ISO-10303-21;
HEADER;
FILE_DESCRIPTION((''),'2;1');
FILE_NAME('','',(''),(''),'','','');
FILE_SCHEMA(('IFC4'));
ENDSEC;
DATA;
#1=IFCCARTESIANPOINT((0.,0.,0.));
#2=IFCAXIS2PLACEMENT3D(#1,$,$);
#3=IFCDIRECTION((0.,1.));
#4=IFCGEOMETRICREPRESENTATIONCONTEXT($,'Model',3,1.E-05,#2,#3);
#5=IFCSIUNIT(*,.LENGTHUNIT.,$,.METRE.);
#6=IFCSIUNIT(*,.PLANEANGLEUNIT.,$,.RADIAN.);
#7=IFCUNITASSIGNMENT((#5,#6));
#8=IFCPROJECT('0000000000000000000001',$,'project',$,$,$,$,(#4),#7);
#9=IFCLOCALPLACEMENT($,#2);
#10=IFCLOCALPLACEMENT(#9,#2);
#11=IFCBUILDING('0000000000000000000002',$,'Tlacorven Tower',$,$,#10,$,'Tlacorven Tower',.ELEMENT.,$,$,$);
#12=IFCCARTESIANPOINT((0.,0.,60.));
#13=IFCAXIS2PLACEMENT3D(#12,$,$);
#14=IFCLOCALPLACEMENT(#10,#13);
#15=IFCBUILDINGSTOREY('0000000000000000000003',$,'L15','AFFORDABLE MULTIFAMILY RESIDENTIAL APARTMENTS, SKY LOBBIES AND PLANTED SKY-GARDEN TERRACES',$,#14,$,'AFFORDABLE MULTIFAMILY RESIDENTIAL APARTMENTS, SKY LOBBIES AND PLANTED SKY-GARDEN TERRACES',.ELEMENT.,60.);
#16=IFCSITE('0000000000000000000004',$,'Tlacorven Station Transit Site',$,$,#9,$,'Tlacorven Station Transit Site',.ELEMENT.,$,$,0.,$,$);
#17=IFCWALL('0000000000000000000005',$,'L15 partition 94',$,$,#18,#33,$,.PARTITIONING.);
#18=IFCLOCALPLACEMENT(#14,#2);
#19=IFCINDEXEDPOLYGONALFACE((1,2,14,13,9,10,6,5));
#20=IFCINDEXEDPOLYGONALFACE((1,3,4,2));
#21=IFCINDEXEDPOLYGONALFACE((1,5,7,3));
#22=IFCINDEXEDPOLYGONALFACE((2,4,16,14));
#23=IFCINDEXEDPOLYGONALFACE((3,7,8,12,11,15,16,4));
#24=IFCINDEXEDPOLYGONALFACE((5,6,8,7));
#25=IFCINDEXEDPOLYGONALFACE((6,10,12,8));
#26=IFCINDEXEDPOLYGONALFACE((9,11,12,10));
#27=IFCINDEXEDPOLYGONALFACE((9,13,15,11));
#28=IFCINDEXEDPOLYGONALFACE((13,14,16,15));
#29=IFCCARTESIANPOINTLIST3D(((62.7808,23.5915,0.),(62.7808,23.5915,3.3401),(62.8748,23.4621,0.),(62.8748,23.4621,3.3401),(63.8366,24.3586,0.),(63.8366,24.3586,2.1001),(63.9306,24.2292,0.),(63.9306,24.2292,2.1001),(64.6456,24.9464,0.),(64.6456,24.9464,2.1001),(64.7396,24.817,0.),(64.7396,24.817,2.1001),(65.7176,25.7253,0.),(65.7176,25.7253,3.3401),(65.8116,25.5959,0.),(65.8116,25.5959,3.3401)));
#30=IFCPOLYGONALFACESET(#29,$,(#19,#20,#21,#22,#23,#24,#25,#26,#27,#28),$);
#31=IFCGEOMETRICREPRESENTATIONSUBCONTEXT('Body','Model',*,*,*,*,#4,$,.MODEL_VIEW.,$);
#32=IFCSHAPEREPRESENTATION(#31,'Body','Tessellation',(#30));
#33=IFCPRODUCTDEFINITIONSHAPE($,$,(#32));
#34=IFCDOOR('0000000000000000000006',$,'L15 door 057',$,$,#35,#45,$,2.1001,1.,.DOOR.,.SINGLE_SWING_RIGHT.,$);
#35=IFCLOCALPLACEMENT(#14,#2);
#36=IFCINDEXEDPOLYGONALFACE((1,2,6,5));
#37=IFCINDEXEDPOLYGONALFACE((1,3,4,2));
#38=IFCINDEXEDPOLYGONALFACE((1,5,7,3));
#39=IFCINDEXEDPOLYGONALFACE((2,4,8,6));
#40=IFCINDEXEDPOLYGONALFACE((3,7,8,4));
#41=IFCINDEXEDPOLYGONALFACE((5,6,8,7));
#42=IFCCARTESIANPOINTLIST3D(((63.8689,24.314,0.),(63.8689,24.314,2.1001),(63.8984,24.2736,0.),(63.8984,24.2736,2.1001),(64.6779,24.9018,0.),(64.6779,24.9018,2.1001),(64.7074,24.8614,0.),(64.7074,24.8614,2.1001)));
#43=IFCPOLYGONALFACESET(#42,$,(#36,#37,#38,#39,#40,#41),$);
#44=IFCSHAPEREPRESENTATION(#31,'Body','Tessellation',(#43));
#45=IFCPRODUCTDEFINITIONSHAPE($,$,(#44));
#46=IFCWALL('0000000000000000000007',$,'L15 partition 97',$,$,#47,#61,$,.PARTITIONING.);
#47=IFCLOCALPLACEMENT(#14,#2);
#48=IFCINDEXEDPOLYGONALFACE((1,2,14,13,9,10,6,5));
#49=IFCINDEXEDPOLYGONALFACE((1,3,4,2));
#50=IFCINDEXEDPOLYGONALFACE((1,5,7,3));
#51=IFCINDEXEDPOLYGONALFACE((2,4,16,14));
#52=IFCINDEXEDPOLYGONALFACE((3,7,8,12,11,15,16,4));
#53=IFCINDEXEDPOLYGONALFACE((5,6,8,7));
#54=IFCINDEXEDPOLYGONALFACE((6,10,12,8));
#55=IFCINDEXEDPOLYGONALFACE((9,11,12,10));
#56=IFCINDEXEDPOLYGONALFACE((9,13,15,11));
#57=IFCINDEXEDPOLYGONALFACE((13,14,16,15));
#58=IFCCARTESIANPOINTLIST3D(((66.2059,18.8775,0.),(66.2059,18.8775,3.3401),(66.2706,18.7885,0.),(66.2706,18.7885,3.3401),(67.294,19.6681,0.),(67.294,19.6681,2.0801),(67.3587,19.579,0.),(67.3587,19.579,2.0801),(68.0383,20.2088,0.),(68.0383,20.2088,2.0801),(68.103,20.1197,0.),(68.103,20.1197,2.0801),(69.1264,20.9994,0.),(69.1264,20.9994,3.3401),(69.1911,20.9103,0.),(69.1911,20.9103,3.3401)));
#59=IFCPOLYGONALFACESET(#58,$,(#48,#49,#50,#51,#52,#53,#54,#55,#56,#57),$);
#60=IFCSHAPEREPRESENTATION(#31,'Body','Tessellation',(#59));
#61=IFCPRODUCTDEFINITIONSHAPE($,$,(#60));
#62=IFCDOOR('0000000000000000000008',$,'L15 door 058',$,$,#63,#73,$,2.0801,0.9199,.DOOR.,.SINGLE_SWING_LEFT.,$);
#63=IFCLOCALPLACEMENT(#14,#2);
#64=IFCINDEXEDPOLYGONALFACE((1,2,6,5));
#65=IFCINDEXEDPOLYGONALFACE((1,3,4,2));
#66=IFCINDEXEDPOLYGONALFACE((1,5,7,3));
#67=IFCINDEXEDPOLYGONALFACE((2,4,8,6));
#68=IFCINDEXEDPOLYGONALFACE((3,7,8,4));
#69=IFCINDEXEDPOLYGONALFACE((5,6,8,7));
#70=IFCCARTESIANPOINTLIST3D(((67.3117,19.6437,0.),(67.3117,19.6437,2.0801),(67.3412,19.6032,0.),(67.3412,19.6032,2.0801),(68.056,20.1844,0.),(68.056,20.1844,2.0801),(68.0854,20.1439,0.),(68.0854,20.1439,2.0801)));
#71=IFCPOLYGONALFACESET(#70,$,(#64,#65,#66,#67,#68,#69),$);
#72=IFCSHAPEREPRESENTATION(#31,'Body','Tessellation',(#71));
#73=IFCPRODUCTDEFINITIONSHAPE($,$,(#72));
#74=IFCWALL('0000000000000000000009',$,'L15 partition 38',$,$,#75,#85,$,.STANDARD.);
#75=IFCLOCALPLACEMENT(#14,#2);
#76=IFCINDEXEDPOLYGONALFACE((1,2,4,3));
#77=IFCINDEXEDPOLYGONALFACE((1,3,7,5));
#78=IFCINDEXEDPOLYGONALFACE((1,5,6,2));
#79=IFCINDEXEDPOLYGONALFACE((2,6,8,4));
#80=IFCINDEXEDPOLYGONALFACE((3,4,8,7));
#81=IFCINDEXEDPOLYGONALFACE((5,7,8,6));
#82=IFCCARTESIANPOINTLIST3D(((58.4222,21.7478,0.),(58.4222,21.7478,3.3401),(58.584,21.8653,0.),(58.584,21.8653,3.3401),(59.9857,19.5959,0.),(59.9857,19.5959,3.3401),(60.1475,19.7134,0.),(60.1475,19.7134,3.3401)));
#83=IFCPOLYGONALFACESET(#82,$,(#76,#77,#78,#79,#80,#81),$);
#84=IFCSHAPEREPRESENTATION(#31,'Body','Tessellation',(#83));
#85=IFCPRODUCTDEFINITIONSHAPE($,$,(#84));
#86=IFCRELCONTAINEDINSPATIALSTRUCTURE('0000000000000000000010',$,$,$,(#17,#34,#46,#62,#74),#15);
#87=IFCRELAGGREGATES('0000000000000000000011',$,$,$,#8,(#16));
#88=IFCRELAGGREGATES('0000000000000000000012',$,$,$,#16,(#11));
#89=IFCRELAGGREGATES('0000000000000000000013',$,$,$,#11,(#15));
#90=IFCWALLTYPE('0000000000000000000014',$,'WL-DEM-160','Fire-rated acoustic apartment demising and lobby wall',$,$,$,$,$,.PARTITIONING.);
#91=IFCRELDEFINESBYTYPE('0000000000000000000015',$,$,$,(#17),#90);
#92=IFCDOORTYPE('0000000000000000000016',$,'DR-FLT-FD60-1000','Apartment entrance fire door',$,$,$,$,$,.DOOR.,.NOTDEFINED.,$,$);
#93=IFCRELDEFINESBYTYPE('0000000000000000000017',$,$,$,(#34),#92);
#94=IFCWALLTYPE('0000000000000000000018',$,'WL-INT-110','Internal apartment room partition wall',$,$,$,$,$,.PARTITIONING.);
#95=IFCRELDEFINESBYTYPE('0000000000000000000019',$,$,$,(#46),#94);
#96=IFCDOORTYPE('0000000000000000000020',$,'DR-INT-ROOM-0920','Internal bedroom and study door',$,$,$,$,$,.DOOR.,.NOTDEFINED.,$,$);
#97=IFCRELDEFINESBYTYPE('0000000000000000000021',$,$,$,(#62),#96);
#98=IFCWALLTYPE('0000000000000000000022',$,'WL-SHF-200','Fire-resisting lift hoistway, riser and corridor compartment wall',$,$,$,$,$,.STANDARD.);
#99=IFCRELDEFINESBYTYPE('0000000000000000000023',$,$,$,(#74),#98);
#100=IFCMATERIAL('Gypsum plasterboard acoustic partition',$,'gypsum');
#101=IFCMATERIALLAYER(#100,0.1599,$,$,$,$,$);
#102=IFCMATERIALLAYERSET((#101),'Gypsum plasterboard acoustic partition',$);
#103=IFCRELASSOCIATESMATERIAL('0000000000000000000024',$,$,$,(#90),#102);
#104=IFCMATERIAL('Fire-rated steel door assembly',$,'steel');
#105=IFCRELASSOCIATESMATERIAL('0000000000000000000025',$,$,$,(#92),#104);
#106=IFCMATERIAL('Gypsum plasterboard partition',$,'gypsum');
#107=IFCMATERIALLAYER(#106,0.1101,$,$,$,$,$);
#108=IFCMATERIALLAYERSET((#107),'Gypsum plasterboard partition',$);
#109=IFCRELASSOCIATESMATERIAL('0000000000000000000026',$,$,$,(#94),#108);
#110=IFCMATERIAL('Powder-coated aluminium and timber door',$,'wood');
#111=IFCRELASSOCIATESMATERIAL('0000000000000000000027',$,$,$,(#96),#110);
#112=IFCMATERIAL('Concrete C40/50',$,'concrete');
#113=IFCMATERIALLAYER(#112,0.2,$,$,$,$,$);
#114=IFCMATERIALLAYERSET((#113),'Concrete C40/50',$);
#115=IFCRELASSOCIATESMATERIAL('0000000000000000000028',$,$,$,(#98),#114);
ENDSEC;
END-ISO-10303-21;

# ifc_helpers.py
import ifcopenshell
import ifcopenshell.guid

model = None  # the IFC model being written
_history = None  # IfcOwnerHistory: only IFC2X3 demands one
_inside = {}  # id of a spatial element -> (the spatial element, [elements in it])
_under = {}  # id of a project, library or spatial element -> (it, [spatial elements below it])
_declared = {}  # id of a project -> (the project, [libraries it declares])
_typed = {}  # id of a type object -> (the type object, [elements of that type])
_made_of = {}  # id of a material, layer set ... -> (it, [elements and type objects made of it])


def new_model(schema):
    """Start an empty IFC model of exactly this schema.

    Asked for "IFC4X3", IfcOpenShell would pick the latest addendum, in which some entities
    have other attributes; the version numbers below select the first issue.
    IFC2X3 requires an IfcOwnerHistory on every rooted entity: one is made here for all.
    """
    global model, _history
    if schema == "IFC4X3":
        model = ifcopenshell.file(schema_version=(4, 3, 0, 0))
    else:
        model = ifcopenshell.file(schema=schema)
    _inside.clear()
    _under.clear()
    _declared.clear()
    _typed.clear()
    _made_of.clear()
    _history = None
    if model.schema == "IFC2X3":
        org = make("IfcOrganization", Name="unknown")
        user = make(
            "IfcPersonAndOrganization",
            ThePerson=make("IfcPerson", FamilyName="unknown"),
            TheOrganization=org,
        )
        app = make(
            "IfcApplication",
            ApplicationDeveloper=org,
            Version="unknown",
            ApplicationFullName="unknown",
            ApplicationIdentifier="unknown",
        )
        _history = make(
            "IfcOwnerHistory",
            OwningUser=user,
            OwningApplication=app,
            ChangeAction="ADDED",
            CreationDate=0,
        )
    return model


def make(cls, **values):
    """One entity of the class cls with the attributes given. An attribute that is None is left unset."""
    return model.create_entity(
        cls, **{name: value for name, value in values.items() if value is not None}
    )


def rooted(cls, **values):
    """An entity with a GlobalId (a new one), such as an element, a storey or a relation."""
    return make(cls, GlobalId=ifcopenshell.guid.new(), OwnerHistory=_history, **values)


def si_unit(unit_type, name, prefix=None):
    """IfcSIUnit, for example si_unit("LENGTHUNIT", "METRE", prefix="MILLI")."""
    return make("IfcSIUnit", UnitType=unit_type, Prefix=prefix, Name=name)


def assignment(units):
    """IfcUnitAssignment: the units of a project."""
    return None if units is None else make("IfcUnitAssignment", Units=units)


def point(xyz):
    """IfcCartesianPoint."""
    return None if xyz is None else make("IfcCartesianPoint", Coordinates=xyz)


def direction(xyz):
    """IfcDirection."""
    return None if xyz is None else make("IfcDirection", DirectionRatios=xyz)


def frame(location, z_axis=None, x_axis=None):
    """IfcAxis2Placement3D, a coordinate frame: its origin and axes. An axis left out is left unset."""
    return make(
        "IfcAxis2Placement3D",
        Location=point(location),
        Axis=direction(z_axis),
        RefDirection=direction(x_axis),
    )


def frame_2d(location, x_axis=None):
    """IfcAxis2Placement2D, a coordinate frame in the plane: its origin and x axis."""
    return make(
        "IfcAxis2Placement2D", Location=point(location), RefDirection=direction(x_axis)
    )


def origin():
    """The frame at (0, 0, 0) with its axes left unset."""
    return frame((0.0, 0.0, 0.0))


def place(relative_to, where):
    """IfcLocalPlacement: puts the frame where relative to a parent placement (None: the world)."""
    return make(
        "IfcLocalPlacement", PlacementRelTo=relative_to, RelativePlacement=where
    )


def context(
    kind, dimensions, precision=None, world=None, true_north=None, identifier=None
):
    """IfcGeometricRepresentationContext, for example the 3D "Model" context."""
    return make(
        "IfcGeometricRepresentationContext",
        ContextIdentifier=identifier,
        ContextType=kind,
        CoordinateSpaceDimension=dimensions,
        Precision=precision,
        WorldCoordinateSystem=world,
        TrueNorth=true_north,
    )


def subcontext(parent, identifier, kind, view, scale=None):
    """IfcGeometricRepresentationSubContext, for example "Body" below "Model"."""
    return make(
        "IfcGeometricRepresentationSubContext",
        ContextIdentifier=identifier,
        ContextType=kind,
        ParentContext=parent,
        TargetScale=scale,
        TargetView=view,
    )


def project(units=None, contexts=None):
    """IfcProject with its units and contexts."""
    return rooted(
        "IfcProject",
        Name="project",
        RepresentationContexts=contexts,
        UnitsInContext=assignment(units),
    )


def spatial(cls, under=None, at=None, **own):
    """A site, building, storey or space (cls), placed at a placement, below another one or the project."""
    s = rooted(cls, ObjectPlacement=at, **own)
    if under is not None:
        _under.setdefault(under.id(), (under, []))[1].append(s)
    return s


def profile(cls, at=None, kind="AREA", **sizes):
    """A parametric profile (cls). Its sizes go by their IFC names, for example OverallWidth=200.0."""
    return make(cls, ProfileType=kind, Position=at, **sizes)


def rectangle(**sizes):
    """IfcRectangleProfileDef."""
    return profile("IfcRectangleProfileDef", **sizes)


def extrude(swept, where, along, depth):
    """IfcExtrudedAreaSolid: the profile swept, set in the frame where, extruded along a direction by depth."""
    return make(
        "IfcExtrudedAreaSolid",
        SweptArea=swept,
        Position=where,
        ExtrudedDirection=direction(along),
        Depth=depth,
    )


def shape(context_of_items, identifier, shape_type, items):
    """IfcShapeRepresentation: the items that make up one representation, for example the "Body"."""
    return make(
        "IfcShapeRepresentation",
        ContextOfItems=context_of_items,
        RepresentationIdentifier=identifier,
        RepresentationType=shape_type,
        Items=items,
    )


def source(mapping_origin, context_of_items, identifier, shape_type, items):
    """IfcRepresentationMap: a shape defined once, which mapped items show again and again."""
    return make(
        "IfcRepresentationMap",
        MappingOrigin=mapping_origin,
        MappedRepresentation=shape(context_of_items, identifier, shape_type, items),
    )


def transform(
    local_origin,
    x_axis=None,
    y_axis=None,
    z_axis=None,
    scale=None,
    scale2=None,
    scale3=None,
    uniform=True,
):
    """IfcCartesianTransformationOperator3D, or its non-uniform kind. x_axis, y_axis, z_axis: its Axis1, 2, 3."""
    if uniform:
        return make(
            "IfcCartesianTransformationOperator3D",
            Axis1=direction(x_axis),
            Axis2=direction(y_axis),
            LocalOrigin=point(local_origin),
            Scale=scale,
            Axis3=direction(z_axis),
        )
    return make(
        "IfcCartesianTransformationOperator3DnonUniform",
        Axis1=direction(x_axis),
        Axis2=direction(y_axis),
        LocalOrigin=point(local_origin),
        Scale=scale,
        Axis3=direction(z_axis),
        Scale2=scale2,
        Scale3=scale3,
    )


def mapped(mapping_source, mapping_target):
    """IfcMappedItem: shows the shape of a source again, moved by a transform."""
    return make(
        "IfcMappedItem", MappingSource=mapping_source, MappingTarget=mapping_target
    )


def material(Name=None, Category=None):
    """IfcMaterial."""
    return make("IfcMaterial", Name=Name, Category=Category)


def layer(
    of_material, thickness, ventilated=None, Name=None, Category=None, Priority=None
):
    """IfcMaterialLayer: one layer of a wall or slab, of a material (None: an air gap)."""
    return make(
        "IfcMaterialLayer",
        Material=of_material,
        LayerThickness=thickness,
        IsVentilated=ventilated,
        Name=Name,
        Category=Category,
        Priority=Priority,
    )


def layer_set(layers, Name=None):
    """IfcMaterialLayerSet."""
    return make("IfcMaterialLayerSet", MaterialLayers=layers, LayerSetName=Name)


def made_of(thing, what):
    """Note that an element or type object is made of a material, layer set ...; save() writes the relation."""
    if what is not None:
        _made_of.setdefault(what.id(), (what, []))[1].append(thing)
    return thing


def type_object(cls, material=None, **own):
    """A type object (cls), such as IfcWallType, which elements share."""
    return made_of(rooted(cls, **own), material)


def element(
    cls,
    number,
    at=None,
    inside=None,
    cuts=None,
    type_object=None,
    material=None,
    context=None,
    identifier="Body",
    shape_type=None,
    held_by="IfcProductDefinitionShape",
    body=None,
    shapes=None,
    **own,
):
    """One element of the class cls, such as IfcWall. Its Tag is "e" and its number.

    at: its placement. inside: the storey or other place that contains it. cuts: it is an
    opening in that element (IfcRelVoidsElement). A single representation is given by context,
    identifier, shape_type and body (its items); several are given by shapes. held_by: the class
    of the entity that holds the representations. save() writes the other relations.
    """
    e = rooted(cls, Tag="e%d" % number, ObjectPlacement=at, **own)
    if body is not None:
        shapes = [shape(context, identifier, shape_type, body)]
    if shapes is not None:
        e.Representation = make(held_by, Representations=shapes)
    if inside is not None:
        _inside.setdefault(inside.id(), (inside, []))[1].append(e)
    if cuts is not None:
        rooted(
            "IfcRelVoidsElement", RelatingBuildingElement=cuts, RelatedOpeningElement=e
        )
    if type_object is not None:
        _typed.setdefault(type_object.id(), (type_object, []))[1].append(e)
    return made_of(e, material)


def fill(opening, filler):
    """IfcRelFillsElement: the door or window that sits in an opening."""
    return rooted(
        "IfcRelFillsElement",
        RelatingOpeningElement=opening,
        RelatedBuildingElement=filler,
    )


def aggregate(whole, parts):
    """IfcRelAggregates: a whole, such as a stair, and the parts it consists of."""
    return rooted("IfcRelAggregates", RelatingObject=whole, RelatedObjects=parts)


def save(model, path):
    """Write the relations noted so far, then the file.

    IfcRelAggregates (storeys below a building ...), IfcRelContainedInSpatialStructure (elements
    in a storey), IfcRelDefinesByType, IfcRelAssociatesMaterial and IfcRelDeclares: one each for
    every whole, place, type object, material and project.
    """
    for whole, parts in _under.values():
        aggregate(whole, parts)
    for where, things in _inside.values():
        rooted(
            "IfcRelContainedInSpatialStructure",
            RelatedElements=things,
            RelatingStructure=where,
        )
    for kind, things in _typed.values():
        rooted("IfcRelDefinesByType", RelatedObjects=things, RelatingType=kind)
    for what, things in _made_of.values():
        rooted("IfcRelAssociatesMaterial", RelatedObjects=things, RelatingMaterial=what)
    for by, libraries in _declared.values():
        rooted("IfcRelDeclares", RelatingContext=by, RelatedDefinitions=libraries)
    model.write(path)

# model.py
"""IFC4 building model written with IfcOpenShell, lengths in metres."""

from ifc_helpers import new_model, si_unit, direction, frame, frame_2d, origin, place, context, subcontext, project, spatial, rectangle, extrude, source, transform, mapped, material, layer, layer_set, type_object, element, fill, save


model = new_model("IFC4")

# Units and contexts
model_context = context("Model", 3, precision=1e-05, world=origin(), true_north=direction((0.0, 1.0)))
body_context = subcontext(model_context, "Body", "Model", "MODEL_VIEW")
ifc_project = project(units=[si_unit("LENGTHUNIT", "METRE"), si_unit("PLANEANGLEUNIT", "RADIAN")], contexts=[model_context])

# Site, building, storey
site_placement = place(None, origin())
site = spatial("IfcSite", under=ifc_project, at=site_placement, Name="Tlacorven Station Transit Site", LongName="Tlacorven Station Transit Site", CompositionType="ELEMENT", RefElevation=0.0)
building_placement = place(site_placement, origin())
building = spatial("IfcBuilding", under=site, at=building_placement, Name="Tlacorven Tower", LongName="Tlacorven Tower", CompositionType="ELEMENT")
storey_placement = place(building_placement, frame((0.0, 0.0, 60.0)))
storey = spatial("IfcBuildingStorey", under=building, at=storey_placement, Name="L15", Description="AFFORDABLE MULTIFAMILY RESIDENTIAL APARTMENTS, SKY LOBBIES AND PLANTED SKY-GARDEN TERRACES", LongName="AFFORDABLE MULTIFAMILY RESIDENTIAL APARTMENTS, SKY LOBBIES AND PLANTED SKY-GARDEN TERRACES", CompositionType="ELEMENT", Elevation=60.0)

# Shared definitions
ifc_material_1 = material(Name="Gypsum plasterboard acoustic partition", Category="gypsum")
ifc_layer_1 = layer(ifc_material_1, 0.1599)
ifc_layer_set_1 = layer_set([ifc_layer_1], Name="Gypsum plasterboard acoustic partition")
wall_type_1 = type_object("IfcWallType", Name="WL-DEM-160", Description="Fire-rated acoustic apartment demising and lobby wall", PredefinedType="PARTITIONING", material=ifc_layer_set_1)

# Walls, openings, doors
wall_1_placement = place(storey_placement, frame((62.8279, 23.5269, 0.0), z_axis=(0.0, 0.0, 1.0), x_axis=(0.809004, 0.587804, 0.0)))
wall_1 = element("IfcWall", 1, at=wall_1_placement, inside=storey, type_object=wall_type_1, Name="L15 partition 94", PredefinedType="PARTITIONING", context=body_context, shape_type="SweptSolid", body=[
    extrude(rectangle(XDim=3.6301, YDim=0.1599, at=frame_2d((1.8149, 0.0))), origin(), (0.0, 0.0, 1.0), 3.3401),
])
opening_1_placement = place(wall_1_placement, frame((1.3049, 0.0, 0.0)))
opening_1 = element("IfcOpeningElement", 2, at=opening_1_placement, cuts=wall_1, PredefinedType="OPENING", context=body_context, shape_type="SweptSolid", body=[
    extrude(rectangle(XDim=1.0, YDim=2.1001, at=frame_2d((0.5, 1.05))), frame((0.0, 0.0898, 0.0), z_axis=(0.0, -1.0, 0.0), x_axis=(1.0, 0.0, 0.0)), (0.0, 0.0, 1.0), 0.1799),
])
ifc_material_2 = material(Name="Fire-rated steel door assembly", Category="steel")
door_type_1 = type_object("IfcDoorType", Name="DR-FLT-FD60-1000", Description="Apartment entrance fire door", OperationType="NOTDEFINED", PredefinedType="DOOR", material=ifc_material_2)
shared_shape_1 = source(origin(), body_context, "Body", "SweptSolid", [
    extrude(rectangle(XDim=1.0, YDim=2.1001, at=frame_2d((0.5, 1.05))), frame((0.0, 0.0249, 0.0), z_axis=(0.0, -1.0, 0.0), x_axis=(1.0, 0.0, 0.0)), (0.0, 0.0, 1.0), 0.05),
])
door_1_placement = place(opening_1_placement, origin())
door_1 = element("IfcDoor", 3, at=door_1_placement, inside=storey, type_object=door_type_1, Name="L15 door 057", OperationType="SINGLE_SWING_RIGHT", OverallHeight=2.1001, OverallWidth=1.0, PredefinedType="DOOR", context=body_context, shape_type="MappedRepresentation", body=[
    mapped(shared_shape_1, transform((0.0, 0.0, 0.0), scale=1.0)),
])
fill(opening_1, door_1)
ifc_material_3 = material(Name="Gypsum plasterboard partition", Category="gypsum")
ifc_layer_2 = layer(ifc_material_3, 0.1101)
ifc_layer_set_2 = layer_set([ifc_layer_2], Name="Gypsum plasterboard partition")
wall_type_2 = type_object("IfcWallType", Name="WL-INT-110", Description="Internal apartment room partition wall", PredefinedType="PARTITIONING", material=ifc_layer_set_2)
wall_2_placement = place(storey_placement, frame((66.2383, 18.833, 0.0), z_axis=(0.0, 0.0, 1.0), x_axis=(0.809014, 0.58779, 0.0)))
wall_2 = element("IfcWall", 4, at=wall_2_placement, inside=storey, type_object=wall_type_2, Name="L15 partition 97", PredefinedType="PARTITIONING", context=body_context, shape_type="SweptSolid", body=[
    extrude(rectangle(XDim=3.6099, YDim=0.1101, at=frame_2d((1.8049, 0.0))), origin(), (0.0, 0.0, 1.0), 3.3401),
])
opening_2_placement = place(wall_2_placement, frame((1.345, 0.0, 0.0)))
opening_2 = element("IfcOpeningElement", 5, at=opening_2_placement, cuts=wall_2, PredefinedType="OPENING", context=body_context, shape_type="SweptSolid", body=[
    extrude(rectangle(XDim=0.9199, YDim=2.0801, at=frame_2d((0.46, 1.04))), frame((0.0, 0.0649, 0.0), z_axis=(0.0, -1.0, 0.0), x_axis=(1.0, 0.0, 0.0)), (0.0, 0.0, 1.0), 0.1301),
])
ifc_material_4 = material(Name="Powder-coated aluminium and timber door", Category="wood")
door_type_2 = type_object("IfcDoorType", Name="DR-INT-ROOM-0920", Description="Internal bedroom and study door", OperationType="NOTDEFINED", PredefinedType="DOOR", material=ifc_material_4)
shared_shape_2 = source(origin(), body_context, "Body", "SweptSolid", [
    extrude(rectangle(XDim=0.9199, YDim=2.0801, at=frame_2d((0.46, 1.04))), frame((0.0, 0.0249, 0.0), z_axis=(0.0, -1.0, 0.0), x_axis=(1.0, 0.0, 0.0)), (0.0, 0.0, 1.0), 0.05),
])
door_2_placement = place(opening_2_placement, origin())
door_2 = element("IfcDoor", 6, at=door_2_placement, inside=storey, type_object=door_type_2, Name="L15 door 058", OperationType="SINGLE_SWING_LEFT", OverallHeight=2.0801, OverallWidth=0.9199, PredefinedType="DOOR", context=body_context, shape_type="MappedRepresentation", body=[
    mapped(shared_shape_2, transform((0.0, 0.0, 0.0), scale=1.0)),
])
fill(opening_2, door_2)

# Wall
ifc_material_5 = material(Name="Concrete C40/50", Category="concrete")
ifc_layer_3 = layer(ifc_material_5, 0.2)
ifc_layer_set_3 = layer_set([ifc_layer_3], Name="Concrete C40/50")
wall_type_3 = type_object("IfcWallType", Name="WL-SHF-200", Description="Fire-resisting lift hoistway, riser and corridor compartment wall", PredefinedType="STANDARD", material=ifc_layer_set_3)
wall_3_placement = place(storey_placement, frame((60.0667, 19.6545, 0.0), z_axis=(0.0, 0.0, 1.0), x_axis=(-0.587801, 0.809006, 0.0)))
element("IfcWall", 7, at=wall_3_placement, inside=storey, type_object=wall_type_3, Name="L15 partition 38", PredefinedType="STANDARD", context=body_context, shape_type="SweptSolid", body=[
    extrude(rectangle(XDim=2.6599, YDim=0.2, at=frame_2d((1.3301, 0.0))), origin(), (0.0, 0.0, 1.0), 3.3401),
])

save(model, "model.ifc")
